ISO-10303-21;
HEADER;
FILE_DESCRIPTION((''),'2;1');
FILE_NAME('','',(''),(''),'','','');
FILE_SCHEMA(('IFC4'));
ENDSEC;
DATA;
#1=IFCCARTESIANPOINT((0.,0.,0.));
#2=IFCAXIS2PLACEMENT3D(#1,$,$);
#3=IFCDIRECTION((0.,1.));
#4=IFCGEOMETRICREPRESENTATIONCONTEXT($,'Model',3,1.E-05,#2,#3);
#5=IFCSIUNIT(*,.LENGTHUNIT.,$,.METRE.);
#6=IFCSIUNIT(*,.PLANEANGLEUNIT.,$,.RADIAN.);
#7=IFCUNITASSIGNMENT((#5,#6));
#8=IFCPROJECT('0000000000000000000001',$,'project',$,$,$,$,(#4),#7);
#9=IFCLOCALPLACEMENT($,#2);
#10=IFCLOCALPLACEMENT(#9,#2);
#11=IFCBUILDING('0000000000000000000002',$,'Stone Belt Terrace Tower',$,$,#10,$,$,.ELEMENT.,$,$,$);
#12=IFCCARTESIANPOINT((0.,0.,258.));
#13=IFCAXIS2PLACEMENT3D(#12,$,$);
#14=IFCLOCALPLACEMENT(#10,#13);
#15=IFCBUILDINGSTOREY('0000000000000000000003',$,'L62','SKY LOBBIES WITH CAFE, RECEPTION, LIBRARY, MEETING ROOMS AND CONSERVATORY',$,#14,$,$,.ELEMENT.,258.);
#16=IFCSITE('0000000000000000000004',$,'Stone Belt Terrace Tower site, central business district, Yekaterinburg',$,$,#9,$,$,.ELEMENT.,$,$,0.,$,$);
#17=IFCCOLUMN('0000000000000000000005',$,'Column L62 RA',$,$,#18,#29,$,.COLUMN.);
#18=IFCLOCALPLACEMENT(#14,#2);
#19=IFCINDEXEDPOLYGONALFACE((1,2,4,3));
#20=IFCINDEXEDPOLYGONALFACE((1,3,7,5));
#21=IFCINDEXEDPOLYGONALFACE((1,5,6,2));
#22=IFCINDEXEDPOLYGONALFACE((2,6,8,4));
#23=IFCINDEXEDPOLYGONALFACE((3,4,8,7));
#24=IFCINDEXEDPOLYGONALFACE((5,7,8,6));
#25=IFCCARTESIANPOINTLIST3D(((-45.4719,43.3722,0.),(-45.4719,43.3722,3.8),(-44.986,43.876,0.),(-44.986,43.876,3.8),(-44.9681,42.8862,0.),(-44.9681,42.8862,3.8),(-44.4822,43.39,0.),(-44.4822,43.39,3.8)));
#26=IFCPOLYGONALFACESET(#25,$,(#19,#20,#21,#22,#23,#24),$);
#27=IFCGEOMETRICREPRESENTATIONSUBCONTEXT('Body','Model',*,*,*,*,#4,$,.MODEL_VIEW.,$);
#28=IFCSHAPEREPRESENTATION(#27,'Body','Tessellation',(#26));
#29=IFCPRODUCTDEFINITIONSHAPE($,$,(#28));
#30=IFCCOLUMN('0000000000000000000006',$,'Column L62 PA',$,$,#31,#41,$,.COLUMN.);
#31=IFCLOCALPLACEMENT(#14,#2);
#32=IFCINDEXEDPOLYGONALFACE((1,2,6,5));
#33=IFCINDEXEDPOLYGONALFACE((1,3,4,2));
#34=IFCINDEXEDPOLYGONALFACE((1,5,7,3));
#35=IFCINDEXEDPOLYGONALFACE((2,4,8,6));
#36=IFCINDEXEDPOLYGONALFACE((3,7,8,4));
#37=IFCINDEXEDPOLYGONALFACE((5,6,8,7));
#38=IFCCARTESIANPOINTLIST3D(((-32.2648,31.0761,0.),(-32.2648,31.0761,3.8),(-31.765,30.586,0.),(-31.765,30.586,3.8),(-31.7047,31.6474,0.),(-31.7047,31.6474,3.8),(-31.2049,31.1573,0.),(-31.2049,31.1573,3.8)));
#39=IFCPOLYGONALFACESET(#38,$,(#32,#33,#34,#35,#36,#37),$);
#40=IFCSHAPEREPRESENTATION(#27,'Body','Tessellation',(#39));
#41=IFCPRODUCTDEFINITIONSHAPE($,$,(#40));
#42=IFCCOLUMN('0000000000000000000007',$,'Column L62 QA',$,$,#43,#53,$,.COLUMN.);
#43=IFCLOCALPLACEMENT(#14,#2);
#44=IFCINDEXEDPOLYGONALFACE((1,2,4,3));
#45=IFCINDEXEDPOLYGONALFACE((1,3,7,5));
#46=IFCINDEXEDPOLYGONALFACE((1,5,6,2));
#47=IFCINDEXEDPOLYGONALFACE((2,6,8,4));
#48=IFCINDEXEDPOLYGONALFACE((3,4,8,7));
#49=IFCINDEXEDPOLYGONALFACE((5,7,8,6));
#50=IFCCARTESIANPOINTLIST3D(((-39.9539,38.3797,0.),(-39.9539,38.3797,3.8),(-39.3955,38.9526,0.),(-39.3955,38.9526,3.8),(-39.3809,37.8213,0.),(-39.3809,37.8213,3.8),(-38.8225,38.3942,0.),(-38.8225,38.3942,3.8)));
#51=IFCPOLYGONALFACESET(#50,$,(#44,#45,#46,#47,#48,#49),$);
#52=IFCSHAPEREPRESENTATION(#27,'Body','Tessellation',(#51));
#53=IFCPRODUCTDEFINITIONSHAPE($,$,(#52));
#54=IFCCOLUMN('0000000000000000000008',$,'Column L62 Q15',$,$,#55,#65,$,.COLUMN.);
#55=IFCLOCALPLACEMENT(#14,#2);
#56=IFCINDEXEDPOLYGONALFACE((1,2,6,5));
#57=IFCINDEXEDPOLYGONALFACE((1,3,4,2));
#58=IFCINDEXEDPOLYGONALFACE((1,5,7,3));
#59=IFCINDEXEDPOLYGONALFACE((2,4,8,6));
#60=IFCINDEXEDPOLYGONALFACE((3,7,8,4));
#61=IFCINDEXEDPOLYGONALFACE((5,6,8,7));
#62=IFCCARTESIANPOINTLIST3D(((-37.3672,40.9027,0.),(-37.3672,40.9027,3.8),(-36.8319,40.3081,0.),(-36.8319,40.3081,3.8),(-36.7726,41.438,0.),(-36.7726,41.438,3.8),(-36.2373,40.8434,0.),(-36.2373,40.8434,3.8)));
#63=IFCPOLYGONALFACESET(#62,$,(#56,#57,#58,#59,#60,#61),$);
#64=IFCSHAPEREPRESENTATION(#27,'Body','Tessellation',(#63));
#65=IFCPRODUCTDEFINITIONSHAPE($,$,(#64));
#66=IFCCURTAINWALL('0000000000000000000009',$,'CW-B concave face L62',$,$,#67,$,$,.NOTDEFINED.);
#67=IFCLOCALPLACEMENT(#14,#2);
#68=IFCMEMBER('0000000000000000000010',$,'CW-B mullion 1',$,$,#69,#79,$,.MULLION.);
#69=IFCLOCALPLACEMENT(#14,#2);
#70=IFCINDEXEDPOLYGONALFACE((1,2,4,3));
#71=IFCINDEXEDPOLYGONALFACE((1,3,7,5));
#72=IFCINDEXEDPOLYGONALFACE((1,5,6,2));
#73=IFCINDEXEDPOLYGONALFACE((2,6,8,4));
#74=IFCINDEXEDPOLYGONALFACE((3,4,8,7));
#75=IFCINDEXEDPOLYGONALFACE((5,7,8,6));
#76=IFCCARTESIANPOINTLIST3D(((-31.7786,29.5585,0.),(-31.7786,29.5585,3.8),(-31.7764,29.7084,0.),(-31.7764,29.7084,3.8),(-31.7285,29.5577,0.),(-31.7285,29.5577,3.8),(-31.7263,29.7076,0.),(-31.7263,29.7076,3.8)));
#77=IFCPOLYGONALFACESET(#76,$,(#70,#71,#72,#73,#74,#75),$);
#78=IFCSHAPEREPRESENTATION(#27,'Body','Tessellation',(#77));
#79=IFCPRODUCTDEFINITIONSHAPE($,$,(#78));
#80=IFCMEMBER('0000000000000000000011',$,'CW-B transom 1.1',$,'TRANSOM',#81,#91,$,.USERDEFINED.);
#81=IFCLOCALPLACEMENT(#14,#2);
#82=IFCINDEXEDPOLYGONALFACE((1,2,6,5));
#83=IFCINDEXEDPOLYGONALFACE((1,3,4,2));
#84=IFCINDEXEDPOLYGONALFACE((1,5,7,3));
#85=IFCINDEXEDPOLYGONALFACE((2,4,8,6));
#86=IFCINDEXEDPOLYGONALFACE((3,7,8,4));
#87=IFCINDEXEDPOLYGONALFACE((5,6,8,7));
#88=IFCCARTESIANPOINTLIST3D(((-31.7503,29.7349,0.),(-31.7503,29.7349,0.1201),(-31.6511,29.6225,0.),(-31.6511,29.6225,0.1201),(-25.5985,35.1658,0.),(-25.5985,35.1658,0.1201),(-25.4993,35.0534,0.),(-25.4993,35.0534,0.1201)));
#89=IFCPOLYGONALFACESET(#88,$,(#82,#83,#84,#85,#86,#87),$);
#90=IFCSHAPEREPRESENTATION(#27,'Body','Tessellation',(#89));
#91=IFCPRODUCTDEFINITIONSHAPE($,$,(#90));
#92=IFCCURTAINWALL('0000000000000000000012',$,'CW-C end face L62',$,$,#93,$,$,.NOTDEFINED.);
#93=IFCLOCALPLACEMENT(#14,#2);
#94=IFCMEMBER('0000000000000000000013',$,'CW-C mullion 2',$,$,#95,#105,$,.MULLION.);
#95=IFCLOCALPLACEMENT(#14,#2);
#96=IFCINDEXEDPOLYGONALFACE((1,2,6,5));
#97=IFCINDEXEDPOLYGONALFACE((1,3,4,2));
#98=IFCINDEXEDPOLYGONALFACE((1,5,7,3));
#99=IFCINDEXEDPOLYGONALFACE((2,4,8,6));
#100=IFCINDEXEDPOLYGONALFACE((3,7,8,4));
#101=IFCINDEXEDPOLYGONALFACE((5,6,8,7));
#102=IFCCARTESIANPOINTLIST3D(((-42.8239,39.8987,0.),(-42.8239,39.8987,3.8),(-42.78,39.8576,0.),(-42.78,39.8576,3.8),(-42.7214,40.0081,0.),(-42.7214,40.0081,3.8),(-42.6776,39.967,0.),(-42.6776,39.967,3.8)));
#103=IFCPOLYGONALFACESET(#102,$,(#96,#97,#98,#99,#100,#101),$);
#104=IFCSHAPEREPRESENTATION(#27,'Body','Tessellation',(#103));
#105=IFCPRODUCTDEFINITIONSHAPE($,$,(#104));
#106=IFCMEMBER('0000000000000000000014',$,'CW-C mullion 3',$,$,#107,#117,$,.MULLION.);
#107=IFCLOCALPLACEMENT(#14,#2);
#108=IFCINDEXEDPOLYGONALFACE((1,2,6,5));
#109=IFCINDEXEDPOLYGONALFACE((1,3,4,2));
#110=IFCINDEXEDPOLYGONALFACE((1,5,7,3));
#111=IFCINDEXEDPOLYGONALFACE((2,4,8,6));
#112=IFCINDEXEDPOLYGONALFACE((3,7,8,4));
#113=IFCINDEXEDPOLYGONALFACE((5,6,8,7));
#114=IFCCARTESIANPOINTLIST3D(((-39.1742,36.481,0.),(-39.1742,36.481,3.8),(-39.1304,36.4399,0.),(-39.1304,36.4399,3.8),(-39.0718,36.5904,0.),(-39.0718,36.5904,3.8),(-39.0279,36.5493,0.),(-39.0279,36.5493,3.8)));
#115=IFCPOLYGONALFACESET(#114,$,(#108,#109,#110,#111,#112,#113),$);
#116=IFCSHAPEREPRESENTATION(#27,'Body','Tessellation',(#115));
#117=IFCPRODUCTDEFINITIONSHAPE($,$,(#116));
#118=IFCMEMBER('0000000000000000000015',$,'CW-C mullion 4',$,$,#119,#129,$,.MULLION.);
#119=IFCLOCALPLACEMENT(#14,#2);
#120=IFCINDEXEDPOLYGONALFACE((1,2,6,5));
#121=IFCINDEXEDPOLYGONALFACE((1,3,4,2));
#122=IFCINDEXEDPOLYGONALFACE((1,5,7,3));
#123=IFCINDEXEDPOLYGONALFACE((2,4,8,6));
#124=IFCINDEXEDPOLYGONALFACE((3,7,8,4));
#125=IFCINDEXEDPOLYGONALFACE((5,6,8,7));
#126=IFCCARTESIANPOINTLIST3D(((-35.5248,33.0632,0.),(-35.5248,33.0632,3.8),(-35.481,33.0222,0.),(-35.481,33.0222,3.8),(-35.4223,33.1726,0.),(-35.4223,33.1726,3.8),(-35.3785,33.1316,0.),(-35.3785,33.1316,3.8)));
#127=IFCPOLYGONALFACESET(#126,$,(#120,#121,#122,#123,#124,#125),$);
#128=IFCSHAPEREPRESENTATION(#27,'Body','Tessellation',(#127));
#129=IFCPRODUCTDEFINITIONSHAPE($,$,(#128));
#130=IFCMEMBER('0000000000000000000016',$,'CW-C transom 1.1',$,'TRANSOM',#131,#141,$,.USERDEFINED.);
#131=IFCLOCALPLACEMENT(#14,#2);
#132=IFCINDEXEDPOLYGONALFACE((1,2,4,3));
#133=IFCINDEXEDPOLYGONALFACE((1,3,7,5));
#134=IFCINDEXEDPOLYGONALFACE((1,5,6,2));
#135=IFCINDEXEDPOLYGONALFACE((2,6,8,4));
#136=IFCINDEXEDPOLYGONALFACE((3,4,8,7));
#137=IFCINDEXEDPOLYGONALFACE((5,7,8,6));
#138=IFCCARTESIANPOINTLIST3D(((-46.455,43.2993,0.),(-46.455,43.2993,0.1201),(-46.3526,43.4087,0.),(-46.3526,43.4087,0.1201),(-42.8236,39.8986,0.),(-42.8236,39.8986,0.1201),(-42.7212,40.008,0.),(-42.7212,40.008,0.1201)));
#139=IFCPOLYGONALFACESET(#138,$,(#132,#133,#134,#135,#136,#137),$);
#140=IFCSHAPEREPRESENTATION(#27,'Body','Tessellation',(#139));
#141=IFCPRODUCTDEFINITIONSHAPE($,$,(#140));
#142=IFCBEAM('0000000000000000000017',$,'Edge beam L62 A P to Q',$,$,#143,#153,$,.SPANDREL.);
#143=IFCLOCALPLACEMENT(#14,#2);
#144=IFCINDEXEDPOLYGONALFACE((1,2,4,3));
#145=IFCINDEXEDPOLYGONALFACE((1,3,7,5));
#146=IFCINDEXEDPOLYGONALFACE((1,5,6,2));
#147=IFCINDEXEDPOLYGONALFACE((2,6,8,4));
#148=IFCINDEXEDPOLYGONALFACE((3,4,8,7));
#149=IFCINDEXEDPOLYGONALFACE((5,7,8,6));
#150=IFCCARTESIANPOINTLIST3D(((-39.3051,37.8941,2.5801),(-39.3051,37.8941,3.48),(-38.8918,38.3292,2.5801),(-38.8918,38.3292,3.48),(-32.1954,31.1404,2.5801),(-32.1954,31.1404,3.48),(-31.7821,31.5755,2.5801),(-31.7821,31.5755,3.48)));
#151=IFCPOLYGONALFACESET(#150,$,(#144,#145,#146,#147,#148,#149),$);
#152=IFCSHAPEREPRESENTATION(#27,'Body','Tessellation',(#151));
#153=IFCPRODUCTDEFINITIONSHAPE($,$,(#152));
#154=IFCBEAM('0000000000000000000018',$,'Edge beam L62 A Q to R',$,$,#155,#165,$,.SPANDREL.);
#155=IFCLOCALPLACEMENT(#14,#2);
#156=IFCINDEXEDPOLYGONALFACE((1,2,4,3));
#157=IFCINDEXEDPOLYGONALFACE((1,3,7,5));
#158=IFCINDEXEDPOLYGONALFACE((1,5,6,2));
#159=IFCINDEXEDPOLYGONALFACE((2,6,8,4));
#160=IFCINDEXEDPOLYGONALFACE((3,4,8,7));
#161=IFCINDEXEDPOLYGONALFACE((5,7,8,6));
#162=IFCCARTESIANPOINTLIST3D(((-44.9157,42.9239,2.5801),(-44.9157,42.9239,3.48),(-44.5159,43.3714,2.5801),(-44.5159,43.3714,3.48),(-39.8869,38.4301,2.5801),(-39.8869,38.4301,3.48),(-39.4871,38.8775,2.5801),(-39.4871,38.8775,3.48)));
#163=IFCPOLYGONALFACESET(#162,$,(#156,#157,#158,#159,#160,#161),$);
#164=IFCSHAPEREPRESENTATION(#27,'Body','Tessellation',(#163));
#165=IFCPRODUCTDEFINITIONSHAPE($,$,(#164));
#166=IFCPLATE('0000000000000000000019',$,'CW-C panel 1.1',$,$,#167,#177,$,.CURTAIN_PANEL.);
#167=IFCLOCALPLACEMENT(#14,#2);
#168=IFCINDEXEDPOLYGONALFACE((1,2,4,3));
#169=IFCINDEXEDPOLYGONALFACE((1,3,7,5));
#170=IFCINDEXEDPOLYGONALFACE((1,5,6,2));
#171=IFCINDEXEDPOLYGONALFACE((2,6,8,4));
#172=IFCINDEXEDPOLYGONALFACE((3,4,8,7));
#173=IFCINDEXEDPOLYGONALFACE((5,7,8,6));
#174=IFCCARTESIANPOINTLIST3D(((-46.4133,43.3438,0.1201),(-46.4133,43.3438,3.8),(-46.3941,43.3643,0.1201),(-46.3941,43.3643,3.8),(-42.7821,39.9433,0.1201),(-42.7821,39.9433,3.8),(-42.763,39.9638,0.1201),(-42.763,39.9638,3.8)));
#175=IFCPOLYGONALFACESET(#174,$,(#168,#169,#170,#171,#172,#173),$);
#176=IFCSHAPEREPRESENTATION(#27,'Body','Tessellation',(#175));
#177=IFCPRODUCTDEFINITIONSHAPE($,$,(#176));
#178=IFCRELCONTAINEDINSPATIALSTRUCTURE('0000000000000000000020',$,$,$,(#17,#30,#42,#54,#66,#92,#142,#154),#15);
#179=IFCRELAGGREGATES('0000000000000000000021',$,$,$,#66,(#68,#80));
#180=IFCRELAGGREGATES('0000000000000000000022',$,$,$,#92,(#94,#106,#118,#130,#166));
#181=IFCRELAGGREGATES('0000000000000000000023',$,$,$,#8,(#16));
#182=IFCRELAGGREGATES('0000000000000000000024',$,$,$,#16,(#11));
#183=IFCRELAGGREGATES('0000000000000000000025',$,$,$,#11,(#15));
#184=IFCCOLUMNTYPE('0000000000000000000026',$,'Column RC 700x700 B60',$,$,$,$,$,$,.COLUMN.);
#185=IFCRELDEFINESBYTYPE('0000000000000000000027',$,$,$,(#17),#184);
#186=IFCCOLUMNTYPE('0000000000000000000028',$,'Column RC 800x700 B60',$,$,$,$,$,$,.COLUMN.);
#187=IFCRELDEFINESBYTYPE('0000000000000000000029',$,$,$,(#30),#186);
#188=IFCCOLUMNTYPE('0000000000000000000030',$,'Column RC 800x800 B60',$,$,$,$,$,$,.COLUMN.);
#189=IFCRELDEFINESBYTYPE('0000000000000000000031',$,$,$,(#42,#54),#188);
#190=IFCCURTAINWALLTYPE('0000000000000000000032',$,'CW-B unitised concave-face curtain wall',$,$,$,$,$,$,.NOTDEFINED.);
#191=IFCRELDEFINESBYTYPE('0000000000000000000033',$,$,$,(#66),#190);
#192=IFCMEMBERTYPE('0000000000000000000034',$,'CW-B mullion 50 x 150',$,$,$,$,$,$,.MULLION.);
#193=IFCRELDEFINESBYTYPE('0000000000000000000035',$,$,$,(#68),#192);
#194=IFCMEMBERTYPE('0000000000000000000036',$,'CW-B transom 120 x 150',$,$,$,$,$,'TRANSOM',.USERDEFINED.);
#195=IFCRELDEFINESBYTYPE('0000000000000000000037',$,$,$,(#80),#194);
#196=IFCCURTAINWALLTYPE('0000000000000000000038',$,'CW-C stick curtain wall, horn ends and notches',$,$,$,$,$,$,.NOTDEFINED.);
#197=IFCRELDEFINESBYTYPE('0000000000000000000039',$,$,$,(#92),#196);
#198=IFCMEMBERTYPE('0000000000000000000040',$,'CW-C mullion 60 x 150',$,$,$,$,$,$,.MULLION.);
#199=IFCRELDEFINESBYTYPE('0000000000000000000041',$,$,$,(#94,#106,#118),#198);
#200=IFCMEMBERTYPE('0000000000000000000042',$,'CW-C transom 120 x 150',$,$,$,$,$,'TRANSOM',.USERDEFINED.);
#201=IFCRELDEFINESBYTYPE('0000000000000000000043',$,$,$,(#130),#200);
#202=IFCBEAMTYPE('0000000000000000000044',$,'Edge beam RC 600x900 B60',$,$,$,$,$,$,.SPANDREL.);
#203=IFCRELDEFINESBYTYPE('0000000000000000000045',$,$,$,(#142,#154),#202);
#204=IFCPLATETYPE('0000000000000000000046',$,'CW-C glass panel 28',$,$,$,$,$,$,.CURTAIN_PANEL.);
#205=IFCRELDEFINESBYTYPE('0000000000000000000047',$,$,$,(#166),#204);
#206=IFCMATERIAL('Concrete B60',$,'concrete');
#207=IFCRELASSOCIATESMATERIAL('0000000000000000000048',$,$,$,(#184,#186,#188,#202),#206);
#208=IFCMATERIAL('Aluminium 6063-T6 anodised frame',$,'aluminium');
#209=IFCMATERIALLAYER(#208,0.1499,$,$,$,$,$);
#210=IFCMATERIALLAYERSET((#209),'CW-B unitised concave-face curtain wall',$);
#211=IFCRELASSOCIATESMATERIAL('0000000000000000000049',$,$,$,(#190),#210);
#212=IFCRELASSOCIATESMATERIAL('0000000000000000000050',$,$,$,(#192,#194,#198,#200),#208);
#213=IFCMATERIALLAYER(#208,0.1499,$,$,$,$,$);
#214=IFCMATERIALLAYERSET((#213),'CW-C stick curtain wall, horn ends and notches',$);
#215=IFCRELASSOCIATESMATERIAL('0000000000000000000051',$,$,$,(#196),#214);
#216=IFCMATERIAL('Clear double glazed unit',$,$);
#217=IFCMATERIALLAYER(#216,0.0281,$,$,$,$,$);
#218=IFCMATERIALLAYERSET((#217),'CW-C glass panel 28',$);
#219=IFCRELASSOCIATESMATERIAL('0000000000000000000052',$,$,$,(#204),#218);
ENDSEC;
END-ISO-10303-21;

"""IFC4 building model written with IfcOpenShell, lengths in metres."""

from ifc_helpers import new_model, si_unit, direction, frame, origin, origin_2d, place, context, subcontext, project, spatial, rectangle, extrude, material, layer, layer_set, material_profile, profile_set, type_object, element, aggregate, save


model = new_model("IFC4")

# Units and contexts
model_context = context("Model", 3, precision=1e-05, world=origin(), true_north=direction((0.0, 1.0)))
body_context = subcontext(model_context, "Body", "Model", "MODEL_VIEW")
ifc_project = project(units=[si_unit("LENGTHUNIT", "METRE"), si_unit("PLANEANGLEUNIT", "RADIAN")], contexts=[model_context])

# Site, building, storey
site_placement = place(None, origin())
site = spatial("IfcSite", under=ifc_project, at=site_placement, Name="Stone Belt Terrace Tower site, central business district, Yekaterinburg", CompositionType="ELEMENT", RefElevation=0.0)
building_placement = place(site_placement, origin())
building = spatial("IfcBuilding", under=site, at=building_placement, Name="Stone Belt Terrace Tower", CompositionType="ELEMENT")
storey_placement = place(building_placement, frame((0.0, 0.0, 258.0)))
storey = spatial("IfcBuildingStorey", under=building, at=storey_placement, Name="L62", Description="SKY LOBBIES WITH CAFE, RECEPTION, LIBRARY, MEETING ROOMS AND CONSERVATORY", CompositionType="ELEMENT", Elevation=258.0)

# Columns
ifc_material_1 = material(Name="Concrete B60", Category="concrete")
ifc_material_profile_1 = material_profile(ifc_material_1, rectangle(XDim=0.7, YDim=0.7, at=origin_2d()), Name="RC 700x700")
ifc_profile_set_1 = profile_set([ifc_material_profile_1], Name="Concrete B60")
column_type_1 = type_object("IfcColumnType", Name="Column RC 700x700 B60", PredefinedType="COLUMN", material=ifc_profile_set_1)
column_1_placement = place(storey_placement, frame((-44.9771, 43.3811, 0.0), z_axis=(0.0, 0.0, 1.0), x_axis=(0.694221, 0.719762, 0.0)))
element("IfcColumn", 1, at=column_1_placement, inside=storey, type_object=column_type_1, Name="Column L62 RA", PredefinedType="COLUMN", context=body_context, shape_type="SweptSolid", body=[
    extrude(rectangle(XDim=0.7, YDim=0.7, at=origin_2d()), origin(), (0.0, 0.0, 1.0), 3.8),
])
ifc_material_profile_2 = material_profile(ifc_material_1, rectangle(XDim=0.8, YDim=0.7, at=origin_2d()), Name="RC 800x700")
ifc_profile_set_2 = profile_set([ifc_material_profile_2], Name="Concrete B60")
column_type_2 = type_object("IfcColumnType", Name="Column RC 800x700 B60", PredefinedType="COLUMN", material=ifc_profile_set_2)
column_2_placement = place(storey_placement, frame((-31.7349, 31.1167, 0.0), z_axis=(0.0, 0.0, 1.0), x_axis=(0.70012, 0.714026, 0.0)))
element("IfcColumn", 2, at=column_2_placement, inside=storey, type_object=column_type_2, Name="Column L62 PA", PredefinedType="COLUMN", context=body_context, shape_type="SweptSolid", body=[
    extrude(rectangle(XDim=0.8, YDim=0.7, at=origin_2d()), origin(), (0.0, 0.0, 1.0), 3.8),
])
ifc_material_profile_3 = material_profile(ifc_material_1, rectangle(XDim=0.8, YDim=0.8, at=origin_2d()), Name="RC 800x800")
ifc_profile_set_3 = profile_set([ifc_material_profile_3], Name="Concrete B60")
column_type_3 = type_object("IfcColumnType", Name="Column RC 800x800 B60", PredefinedType="COLUMN", material=ifc_profile_set_3)
for number, where, z_axis, x_axis, name in (
    (3, (-39.3882, 38.387, 0.0), (0.0, 0.0, 1.0), (0.697944, 0.716152, 0.0), "Column L62 QA"),
    (4, (-36.8022, 40.873, 0.0), (0.0, 0.0, 1.0), (0.743145, 0.669131, 0.0), "Column L62 Q15"),
):
    element("IfcColumn", number, at=place(storey_placement, frame(where, z_axis=z_axis, x_axis=x_axis)), inside=storey, type_object=column_type_3, Name=name, PredefinedType="COLUMN", context=body_context, shape_type="SweptSolid", body=[
        extrude(rectangle(XDim=0.8, YDim=0.8, at=origin_2d()), origin(), (0.0, 0.0, 1.0), 3.8),
    ])

# Curtain walls, members
ifc_material_2 = material(Name="Aluminium 6063-T6 anodised frame", Category="aluminium")
ifc_layer_1 = layer(ifc_material_2, 0.1499)
ifc_layer_set_1 = layer_set([ifc_layer_1], Name="CW-B unitised concave-face curtain wall")
curtain_wall_type_1 = type_object("IfcCurtainWallType", Name="CW-B unitised concave-face curtain wall", PredefinedType="NOTDEFINED", material=ifc_layer_set_1)
curtain_wall_1_placement = place(storey_placement, origin())
curtain_wall_1 = element("IfcCurtainWall", 5, at=curtain_wall_1_placement, inside=storey, type_object=curtain_wall_type_1, Name="CW-B concave face L62", PredefinedType="NOTDEFINED")
ifc_material_profile_4 = material_profile(ifc_material_2, rectangle(XDim=0.1499, YDim=0.05, at=origin_2d()), Name="Aluminium 6063-T6 50x150")
ifc_profile_set_4 = profile_set([ifc_material_profile_4], Name="Aluminium 6063-T6 anodised frame")
member_type_1 = type_object("IfcMemberType", Name="CW-B mullion 50 x 150", PredefinedType="MULLION", material=ifc_profile_set_4)
member_1_placement = place(storey_placement, frame((-31.7524, 29.6331, 0.0), z_axis=(0.0, 0.0, 1.0), x_axis=(0.014682, 0.999892, 0.0)))
member_1 = element("IfcMember", 6, at=member_1_placement, type_object=member_type_1, Name="CW-B mullion 1", PredefinedType="MULLION", context=body_context, shape_type="SweptSolid", body=[
    extrude(rectangle(XDim=0.1499, YDim=0.05, at=origin_2d()), origin(), (0.0, 0.0, 1.0), 3.8),
])
ifc_material_profile_5 = material_profile(ifc_material_2, rectangle(XDim=0.1499, YDim=0.1201, at=origin_2d()), Name="Aluminium 6063-T6 150x120")
ifc_profile_set_5 = profile_set([ifc_material_profile_5], Name="Aluminium 6063-T6 anodised frame")
member_type_2 = type_object("IfcMemberType", Name="CW-B transom 120 x 150", ElementType="TRANSOM", PredefinedType="USERDEFINED", material=ifc_profile_set_5)
member_2_placement = place(storey_placement, frame((-31.7007, 29.6787, 0.0601), z_axis=(0.749669, 0.661813, 0.0), x_axis=(-0.661813, 0.749669, 0.0)))
member_2 = element("IfcMember", 7, at=member_2_placement, type_object=member_type_2, Name="CW-B transom 1.1", ObjectType="TRANSOM", PredefinedType="USERDEFINED", context=body_context, shape_type="SweptSolid", body=[
    extrude(rectangle(XDim=0.1499, YDim=0.1201, at=origin_2d()), origin(), (0.0, 0.0, 1.0), 8.2061),
])
aggregate(curtain_wall_1, [member_1, member_2])
ifc_layer_2 = layer(ifc_material_2, 0.1499)
ifc_layer_set_2 = layer_set([ifc_layer_2], Name="CW-C stick curtain wall, horn ends and notches")
curtain_wall_type_2 = type_object("IfcCurtainWallType", Name="CW-C stick curtain wall, horn ends and notches", PredefinedType="NOTDEFINED", material=ifc_layer_set_2)
curtain_wall_2_placement = place(storey_placement, origin())
curtain_wall_2 = element("IfcCurtainWall", 8, at=curtain_wall_2_placement, inside=storey, type_object=curtain_wall_type_2, Name="CW-C end face L62", PredefinedType="NOTDEFINED")
ifc_material_profile_6 = material_profile(ifc_material_2, rectangle(XDim=0.1499, YDim=0.0601, at=origin_2d()), Name="Aluminium 6063-T6 60x150")
ifc_profile_set_6 = profile_set([ifc_material_profile_6], Name="Aluminium 6063-T6 anodised frame")
member_type_3 = type_object("IfcMemberType", Name="CW-C mullion 60 x 150", PredefinedType="MULLION", material=ifc_profile_set_6)
member_3_placement = place(storey_placement, frame((-42.7507, 39.9329, 0.0), z_axis=(0.0, 0.0, 1.0), x_axis=(0.683549, 0.729904, 0.0)))
member_3 = element("IfcMember", 9, at=member_3_placement, type_object=member_type_3, Name="CW-C mullion 2", PredefinedType="MULLION", context=body_context, shape_type="SweptSolid", body=[
    extrude(rectangle(XDim=0.1499, YDim=0.0601, at=origin_2d()), origin(), (0.0, 0.0, 1.0), 3.8),
])
member_4_placement = place(storey_placement, frame((-39.1011, 36.5151, 0.0), z_axis=(0.0, 0.0, 1.0), x_axis=(0.683549, 0.729904, 0.0)))
member_4 = element("IfcMember", 10, at=member_4_placement, type_object=member_type_3, Name="CW-C mullion 3", PredefinedType="MULLION", context=body_context, shape_type="SweptSolid", body=[
    extrude(rectangle(XDim=0.1499, YDim=0.0601, at=origin_2d()), origin(), (0.0, 0.0, 1.0), 3.8),
])
member_5_placement = place(storey_placement, frame((-35.4517, 33.0974, 0.0), z_axis=(0.0, 0.0, 1.0), x_axis=(0.683549, 0.729904, 0.0)))
member_5 = element("IfcMember", 11, at=member_5_placement, type_object=member_type_3, Name="CW-C mullion 4", PredefinedType="MULLION", context=body_context, shape_type="SweptSolid", body=[
    extrude(rectangle(XDim=0.1499, YDim=0.0601, at=origin_2d()), origin(), (0.0, 0.0, 1.0), 3.8),
])
ifc_material_profile_7 = material_profile(ifc_material_2, rectangle(XDim=0.1499, YDim=0.1201, at=origin_2d()), Name="Aluminium 6063-T6 150x120")
ifc_profile_set_7 = profile_set([ifc_material_profile_7], Name="Aluminium 6063-T6 anodised frame")
member_type_4 = type_object("IfcMemberType", Name="CW-C transom 120 x 150", ElementType="TRANSOM", PredefinedType="USERDEFINED", material=ifc_profile_set_7)
member_6_placement = place(storey_placement, frame((-46.4038, 43.354, 0.0601), z_axis=(0.729914, -0.683539, 0.0), x_axis=(0.683539, 0.729914, 0.0)))
member_6 = element("IfcMember", 12, at=member_6_placement, type_object=member_type_4, Name="CW-C transom 1.1", ObjectType="TRANSOM", PredefinedType="USERDEFINED", context=body_context, shape_type="SweptSolid", body=[
    extrude(rectangle(XDim=0.1499, YDim=0.1201, at=origin_2d()), origin(), (0.0, 0.0, 1.0), 4.9751),
])

# Beams
ifc_material_profile_8 = material_profile(ifc_material_1, rectangle(XDim=0.6001, YDim=0.8999, at=origin_2d()), Name="RC 600x900")
ifc_profile_set_8 = profile_set([ifc_material_profile_8], Name="Concrete B60")
beam_type = type_object("IfcBeamType", Name="Edge beam RC 600x900 B60", PredefinedType="SPANDREL", material=ifc_profile_set_8)
beam_1_placement = place(storey_placement, frame((-31.9888, 31.3579, 3.03), z_axis=(-0.725024, 0.688724, 0.0), x_axis=(-0.688724, -0.725024, 0.0)))
element("IfcBeam", 13, at=beam_1_placement, inside=storey, type_object=beam_type, Name="Edge beam L62 A P to Q", PredefinedType="SPANDREL", context=body_context, shape_type="SweptSolid", body=[
    extrude(rectangle(XDim=0.6001, YDim=0.8999, at=origin_2d()), origin(), (0.0, 0.0, 1.0), 9.8062),
])
beam_2_placement = place(storey_placement, frame((-39.687, 38.6538, 3.03), z_axis=(-0.745651, 0.666337, 0.0), x_axis=(-0.666337, -0.745651, 0.0)))
element("IfcBeam", 14, at=beam_2_placement, inside=storey, type_object=beam_type, Name="Edge beam L62 A Q to R", PredefinedType="SPANDREL", context=body_context, shape_type="SweptSolid", body=[
    extrude(rectangle(XDim=0.6001, YDim=0.8999, at=origin_2d()), origin(), (0.0, 0.0, 1.0), 6.7441),
])

# Plate
ifc_material_3 = material(Name="Clear double glazed unit")
ifc_layer_3 = layer(ifc_material_3, 0.0281)
ifc_layer_set_3 = layer_set([ifc_layer_3], Name="CW-C glass panel 28")
plate_type = type_object("IfcPlateType", Name="CW-C glass panel 28", PredefinedType="CURTAIN_PANEL", material=ifc_layer_set_3)
plate_1_placement = place(storey_placement, frame((-44.5881, 41.6538, 0.1201), z_axis=(0.0, 0.0, 1.0), x_axis=(0.729904, -0.683549, 0.0)))
plate_1 = element("IfcPlate", 15, at=plate_1_placement, type_object=plate_type, Name="CW-C panel 1.1", PredefinedType="CURTAIN_PANEL", context=body_context, shape_type="SweptSolid", body=[
    extrude(rectangle(XDim=4.9749, YDim=0.0281, at=origin_2d()), origin(), (0.0, 0.0, 1.0), 3.6799),
])
aggregate(curtain_wall_2, [member_3, member_4, member_5, member_6, plate_1])

save(model, "model.ifc")
